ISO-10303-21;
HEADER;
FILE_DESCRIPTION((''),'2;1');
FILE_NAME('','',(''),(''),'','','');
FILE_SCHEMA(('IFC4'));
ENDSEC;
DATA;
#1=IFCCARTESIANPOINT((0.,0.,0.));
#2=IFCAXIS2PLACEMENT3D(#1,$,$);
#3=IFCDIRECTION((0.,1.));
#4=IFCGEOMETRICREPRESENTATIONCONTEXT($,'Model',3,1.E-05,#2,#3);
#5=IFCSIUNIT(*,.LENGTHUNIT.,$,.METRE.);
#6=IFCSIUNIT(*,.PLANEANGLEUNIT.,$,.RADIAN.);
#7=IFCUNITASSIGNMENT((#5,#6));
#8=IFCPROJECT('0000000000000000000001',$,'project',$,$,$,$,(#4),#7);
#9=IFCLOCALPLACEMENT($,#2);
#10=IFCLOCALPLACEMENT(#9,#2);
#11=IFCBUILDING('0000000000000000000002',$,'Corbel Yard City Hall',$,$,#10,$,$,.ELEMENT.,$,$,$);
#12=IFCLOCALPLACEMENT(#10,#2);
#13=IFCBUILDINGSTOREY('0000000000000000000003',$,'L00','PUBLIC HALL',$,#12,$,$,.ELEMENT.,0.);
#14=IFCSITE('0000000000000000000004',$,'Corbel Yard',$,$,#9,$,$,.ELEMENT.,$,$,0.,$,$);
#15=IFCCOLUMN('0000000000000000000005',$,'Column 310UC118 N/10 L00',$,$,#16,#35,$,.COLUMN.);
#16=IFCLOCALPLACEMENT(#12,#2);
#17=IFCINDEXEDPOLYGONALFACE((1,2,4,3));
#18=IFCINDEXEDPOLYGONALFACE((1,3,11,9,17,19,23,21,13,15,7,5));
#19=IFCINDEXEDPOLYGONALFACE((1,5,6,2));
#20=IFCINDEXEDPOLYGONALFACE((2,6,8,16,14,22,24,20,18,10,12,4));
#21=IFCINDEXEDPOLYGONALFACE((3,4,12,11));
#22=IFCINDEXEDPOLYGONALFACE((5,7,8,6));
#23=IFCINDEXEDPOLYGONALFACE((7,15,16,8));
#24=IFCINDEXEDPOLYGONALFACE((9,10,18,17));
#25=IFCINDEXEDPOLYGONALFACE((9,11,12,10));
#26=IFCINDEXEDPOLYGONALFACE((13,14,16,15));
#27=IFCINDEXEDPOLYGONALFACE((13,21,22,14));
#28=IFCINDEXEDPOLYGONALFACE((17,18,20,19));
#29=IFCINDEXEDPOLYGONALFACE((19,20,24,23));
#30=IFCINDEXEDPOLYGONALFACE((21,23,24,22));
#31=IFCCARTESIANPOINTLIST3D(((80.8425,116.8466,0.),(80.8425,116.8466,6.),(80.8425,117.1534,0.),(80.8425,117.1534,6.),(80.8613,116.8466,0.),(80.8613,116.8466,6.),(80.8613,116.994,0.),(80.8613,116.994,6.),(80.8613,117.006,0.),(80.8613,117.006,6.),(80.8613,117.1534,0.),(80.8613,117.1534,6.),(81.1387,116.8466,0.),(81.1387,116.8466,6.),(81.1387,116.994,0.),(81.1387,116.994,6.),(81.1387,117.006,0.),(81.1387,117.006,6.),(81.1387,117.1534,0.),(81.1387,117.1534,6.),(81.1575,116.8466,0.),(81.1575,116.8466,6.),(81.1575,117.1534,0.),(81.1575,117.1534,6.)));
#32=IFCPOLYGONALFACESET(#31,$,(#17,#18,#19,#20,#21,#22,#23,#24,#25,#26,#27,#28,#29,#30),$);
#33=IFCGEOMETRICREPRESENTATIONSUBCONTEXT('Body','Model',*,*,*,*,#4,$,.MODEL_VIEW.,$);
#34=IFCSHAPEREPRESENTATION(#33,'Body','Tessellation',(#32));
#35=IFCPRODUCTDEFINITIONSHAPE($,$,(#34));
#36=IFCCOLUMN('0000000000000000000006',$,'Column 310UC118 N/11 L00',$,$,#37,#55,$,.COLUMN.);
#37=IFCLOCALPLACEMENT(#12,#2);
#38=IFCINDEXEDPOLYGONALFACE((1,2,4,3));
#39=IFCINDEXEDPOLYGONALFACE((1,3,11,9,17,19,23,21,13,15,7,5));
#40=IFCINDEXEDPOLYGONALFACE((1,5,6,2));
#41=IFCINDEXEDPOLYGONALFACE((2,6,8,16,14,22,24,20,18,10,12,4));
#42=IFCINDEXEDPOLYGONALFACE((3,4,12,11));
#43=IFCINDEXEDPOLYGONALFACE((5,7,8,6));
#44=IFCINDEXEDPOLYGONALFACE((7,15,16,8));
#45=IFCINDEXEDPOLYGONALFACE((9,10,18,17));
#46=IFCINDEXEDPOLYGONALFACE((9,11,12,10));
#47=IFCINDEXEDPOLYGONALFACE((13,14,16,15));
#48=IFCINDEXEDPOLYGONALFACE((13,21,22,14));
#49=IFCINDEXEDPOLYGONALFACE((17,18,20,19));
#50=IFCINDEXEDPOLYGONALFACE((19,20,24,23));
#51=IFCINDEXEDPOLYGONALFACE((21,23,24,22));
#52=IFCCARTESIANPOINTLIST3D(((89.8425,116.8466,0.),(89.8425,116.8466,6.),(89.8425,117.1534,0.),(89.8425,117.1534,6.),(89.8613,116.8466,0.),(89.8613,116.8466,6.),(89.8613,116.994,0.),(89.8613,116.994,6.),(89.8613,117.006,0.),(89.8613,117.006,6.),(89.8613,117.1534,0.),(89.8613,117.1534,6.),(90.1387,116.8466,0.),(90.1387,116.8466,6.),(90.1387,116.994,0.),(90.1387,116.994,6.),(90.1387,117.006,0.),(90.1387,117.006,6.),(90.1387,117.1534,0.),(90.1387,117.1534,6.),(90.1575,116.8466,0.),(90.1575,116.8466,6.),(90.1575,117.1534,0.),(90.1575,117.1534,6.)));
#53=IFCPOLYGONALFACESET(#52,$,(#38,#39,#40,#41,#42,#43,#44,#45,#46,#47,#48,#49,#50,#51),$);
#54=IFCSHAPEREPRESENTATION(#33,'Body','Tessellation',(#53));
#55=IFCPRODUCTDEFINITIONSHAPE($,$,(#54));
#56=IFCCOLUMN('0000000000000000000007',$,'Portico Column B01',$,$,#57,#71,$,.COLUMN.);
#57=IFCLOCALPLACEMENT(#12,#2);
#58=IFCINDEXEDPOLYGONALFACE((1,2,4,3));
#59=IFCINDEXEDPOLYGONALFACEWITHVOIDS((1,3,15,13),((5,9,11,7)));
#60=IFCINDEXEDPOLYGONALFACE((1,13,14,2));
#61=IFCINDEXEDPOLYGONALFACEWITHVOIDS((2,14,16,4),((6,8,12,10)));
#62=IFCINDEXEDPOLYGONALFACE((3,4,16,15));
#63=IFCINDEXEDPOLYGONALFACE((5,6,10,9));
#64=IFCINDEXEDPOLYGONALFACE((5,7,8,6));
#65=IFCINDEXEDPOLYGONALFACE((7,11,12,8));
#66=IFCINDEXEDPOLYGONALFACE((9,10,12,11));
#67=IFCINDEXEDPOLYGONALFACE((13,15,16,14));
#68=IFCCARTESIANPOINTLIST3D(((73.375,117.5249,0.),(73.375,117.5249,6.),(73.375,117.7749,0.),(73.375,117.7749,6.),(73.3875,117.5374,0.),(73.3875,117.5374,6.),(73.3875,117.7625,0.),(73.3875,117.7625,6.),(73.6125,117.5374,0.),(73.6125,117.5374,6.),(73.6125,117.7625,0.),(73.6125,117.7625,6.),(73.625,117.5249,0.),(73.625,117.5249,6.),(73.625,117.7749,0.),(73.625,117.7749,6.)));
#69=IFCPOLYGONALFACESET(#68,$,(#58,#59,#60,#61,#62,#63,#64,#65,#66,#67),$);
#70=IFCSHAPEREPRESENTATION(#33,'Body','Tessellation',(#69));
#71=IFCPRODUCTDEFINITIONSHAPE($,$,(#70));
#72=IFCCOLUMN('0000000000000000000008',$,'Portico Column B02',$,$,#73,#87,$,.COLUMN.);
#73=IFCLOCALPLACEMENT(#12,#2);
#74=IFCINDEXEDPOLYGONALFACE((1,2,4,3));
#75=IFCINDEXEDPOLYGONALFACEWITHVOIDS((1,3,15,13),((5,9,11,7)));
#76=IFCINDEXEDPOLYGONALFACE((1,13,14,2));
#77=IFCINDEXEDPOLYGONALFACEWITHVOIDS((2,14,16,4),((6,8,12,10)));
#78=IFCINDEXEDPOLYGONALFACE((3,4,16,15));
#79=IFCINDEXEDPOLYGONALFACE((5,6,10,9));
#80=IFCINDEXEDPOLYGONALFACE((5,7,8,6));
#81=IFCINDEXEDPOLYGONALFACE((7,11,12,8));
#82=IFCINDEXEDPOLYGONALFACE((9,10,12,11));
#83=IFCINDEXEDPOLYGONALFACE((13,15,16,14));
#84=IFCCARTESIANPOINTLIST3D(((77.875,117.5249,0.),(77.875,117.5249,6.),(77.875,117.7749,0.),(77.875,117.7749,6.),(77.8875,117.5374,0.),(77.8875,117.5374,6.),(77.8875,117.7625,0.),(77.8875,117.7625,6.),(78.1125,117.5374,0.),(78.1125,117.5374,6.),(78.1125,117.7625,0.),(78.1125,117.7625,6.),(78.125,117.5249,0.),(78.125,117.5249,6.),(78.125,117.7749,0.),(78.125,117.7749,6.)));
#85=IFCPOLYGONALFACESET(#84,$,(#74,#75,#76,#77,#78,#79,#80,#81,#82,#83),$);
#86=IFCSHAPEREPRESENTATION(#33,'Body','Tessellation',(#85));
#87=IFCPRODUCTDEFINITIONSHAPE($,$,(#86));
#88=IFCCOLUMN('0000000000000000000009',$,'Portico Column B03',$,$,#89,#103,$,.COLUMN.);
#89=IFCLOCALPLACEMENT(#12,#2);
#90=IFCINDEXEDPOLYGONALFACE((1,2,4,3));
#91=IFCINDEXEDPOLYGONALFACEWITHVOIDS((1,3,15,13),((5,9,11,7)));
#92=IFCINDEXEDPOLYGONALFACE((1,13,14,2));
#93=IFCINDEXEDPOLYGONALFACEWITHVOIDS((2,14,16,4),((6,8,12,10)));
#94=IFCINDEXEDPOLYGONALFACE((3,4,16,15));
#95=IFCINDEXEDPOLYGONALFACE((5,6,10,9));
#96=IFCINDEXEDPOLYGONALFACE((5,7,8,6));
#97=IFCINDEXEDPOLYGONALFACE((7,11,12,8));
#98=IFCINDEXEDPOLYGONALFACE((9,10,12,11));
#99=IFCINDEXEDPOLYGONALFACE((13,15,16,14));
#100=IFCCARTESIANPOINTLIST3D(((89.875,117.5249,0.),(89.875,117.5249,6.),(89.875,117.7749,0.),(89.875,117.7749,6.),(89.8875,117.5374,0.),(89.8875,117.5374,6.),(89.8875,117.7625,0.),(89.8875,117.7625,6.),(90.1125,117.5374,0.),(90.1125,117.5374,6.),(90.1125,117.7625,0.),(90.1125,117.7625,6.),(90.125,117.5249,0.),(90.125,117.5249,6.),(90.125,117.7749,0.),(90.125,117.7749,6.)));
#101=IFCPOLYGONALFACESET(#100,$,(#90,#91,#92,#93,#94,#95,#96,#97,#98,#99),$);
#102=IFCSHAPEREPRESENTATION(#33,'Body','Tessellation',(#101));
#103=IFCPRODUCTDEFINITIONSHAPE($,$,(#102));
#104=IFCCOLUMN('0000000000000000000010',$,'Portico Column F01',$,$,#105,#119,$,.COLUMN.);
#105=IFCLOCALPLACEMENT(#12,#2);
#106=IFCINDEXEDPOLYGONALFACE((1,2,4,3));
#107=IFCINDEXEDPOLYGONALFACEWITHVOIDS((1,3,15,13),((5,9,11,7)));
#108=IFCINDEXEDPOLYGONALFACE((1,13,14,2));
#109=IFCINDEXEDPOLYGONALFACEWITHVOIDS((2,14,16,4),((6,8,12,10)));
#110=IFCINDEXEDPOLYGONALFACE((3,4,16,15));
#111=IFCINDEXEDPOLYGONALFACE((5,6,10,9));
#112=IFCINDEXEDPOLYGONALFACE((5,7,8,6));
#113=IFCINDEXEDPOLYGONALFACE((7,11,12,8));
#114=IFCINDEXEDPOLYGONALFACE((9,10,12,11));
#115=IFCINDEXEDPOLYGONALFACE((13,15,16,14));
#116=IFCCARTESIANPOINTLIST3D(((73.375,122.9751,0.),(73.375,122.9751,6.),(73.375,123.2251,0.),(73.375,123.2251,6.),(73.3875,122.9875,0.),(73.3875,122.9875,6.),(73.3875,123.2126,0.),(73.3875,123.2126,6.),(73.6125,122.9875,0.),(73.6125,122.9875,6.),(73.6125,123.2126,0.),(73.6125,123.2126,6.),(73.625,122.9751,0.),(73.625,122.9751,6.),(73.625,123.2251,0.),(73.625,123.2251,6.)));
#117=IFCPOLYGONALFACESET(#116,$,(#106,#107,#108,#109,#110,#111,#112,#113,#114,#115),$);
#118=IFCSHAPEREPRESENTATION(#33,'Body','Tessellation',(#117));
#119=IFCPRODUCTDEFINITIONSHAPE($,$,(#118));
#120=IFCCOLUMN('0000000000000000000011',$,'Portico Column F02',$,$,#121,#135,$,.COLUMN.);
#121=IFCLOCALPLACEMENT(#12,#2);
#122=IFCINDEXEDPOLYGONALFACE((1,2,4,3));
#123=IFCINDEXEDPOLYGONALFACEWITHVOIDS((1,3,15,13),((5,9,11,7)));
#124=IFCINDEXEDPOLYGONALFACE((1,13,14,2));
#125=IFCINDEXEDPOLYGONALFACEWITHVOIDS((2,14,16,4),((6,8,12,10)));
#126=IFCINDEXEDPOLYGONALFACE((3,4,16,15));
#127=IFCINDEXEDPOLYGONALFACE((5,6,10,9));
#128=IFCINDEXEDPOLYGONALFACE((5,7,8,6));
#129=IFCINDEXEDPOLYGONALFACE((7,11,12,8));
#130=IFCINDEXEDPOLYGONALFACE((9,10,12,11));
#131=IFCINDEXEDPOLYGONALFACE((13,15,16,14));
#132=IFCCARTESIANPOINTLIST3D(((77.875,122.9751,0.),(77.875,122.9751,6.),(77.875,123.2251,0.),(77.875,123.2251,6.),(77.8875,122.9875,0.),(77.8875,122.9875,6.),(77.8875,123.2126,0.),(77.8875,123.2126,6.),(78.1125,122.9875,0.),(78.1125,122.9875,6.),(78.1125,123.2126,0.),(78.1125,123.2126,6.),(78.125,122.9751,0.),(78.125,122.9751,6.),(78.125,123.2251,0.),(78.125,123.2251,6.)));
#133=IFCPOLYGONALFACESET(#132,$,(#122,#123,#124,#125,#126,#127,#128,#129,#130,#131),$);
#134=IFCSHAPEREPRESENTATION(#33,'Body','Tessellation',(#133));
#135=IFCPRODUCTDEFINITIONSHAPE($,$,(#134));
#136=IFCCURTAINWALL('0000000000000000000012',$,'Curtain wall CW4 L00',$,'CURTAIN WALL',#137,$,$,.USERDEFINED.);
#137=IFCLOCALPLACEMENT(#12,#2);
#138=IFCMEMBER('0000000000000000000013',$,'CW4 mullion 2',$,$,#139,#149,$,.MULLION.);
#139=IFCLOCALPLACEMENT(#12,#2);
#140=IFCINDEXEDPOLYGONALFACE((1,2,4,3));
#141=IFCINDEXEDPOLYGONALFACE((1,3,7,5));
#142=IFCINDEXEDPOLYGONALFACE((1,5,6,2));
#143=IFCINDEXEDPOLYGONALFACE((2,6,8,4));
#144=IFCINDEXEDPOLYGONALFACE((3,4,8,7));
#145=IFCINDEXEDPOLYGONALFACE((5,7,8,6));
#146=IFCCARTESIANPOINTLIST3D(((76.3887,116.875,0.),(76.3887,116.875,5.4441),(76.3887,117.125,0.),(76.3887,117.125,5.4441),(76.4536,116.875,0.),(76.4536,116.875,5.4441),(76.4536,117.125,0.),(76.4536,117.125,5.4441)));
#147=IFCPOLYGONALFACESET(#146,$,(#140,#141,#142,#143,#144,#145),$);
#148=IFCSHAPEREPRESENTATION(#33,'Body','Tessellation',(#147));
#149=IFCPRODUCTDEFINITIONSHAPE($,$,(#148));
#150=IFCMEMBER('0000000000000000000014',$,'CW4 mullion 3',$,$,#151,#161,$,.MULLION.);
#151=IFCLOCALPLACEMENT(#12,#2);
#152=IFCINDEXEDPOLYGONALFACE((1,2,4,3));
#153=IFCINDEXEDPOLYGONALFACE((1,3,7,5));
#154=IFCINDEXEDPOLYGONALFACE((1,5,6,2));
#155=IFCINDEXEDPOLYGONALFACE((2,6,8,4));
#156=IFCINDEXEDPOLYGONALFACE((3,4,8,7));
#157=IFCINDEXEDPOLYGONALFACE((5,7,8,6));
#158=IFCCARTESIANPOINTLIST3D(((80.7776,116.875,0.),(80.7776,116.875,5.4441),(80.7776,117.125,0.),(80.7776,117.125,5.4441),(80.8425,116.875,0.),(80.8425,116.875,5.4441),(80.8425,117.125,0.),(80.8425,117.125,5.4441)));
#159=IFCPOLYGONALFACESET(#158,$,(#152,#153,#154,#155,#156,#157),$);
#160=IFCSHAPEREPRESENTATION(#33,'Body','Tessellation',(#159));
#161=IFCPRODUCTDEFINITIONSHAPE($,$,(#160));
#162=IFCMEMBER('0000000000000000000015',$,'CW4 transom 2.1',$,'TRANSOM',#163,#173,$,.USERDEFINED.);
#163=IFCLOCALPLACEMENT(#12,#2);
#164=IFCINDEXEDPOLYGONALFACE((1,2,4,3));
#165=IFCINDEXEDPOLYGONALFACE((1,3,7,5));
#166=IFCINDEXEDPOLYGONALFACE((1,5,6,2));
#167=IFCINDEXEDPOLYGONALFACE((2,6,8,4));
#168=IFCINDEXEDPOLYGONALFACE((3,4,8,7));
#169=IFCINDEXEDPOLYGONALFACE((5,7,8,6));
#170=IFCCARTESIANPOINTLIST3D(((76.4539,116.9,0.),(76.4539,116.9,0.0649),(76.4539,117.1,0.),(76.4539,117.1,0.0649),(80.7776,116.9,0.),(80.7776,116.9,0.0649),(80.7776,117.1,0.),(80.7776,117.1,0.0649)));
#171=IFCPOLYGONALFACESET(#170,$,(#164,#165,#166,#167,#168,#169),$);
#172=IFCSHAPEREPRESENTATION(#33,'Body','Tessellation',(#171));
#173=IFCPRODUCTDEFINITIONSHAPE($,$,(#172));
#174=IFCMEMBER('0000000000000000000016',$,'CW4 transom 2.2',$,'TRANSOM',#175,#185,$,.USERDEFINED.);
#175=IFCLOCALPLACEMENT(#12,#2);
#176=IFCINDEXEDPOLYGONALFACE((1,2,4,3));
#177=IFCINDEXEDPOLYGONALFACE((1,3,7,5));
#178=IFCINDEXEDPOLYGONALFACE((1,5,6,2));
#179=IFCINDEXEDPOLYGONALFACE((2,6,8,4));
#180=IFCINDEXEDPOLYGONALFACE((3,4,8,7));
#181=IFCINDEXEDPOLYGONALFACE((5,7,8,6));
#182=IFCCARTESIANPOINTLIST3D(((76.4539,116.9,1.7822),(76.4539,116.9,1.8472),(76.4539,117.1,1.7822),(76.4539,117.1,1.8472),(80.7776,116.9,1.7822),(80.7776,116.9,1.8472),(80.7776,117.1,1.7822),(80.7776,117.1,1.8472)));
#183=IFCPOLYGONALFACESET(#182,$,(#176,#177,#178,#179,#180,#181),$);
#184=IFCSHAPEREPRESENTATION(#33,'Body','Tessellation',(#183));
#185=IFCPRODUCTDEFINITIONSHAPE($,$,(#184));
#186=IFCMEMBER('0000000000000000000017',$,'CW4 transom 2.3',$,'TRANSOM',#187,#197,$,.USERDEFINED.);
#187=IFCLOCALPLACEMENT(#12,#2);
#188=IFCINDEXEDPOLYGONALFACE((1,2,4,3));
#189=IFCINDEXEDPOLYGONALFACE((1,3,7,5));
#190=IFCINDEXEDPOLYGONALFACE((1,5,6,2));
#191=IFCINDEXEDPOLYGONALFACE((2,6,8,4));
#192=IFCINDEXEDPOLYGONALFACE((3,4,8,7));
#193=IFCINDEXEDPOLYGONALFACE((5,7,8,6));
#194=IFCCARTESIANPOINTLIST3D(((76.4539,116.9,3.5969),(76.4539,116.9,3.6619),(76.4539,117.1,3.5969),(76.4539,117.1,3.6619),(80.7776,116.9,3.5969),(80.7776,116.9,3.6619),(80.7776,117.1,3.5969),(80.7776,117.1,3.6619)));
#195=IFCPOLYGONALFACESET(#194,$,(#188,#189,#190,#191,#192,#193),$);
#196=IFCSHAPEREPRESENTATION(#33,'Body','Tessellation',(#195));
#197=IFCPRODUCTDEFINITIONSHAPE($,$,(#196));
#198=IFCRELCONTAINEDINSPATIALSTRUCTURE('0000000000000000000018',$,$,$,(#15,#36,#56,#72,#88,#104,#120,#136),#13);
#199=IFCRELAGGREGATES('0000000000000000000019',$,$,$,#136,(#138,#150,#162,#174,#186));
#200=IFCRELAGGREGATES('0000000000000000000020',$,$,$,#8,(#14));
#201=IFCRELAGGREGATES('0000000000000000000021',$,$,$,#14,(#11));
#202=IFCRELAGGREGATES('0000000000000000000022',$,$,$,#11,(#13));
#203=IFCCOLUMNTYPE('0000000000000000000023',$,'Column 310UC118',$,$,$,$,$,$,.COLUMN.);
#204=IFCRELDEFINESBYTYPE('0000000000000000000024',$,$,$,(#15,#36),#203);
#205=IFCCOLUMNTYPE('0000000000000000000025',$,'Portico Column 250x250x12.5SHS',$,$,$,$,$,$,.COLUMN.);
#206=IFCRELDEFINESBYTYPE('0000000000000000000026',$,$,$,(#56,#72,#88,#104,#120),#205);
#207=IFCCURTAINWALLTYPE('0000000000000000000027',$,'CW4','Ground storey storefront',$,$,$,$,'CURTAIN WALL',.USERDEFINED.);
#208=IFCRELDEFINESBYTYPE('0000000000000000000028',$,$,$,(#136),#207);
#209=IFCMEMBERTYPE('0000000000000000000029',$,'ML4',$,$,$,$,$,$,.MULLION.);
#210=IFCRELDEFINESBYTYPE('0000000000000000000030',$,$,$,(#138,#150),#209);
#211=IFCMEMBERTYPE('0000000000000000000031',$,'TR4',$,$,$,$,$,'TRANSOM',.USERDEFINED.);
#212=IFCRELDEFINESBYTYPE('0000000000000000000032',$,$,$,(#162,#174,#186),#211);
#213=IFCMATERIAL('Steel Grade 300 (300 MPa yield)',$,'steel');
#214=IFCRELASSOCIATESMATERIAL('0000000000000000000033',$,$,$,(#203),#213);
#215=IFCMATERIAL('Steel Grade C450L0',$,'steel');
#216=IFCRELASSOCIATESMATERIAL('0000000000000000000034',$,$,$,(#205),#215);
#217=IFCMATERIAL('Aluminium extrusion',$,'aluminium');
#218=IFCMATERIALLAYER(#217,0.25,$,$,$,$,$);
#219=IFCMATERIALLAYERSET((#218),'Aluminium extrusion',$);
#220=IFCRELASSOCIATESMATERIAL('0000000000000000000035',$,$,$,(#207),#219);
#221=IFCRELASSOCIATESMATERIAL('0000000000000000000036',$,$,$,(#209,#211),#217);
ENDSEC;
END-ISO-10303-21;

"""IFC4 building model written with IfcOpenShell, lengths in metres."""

from ifc_helpers import new_model, si_unit, direction, frame, origin, origin_2d, place, context, subcontext, project, spatial, rectangle, hollow_rectangle, i_section, extrude, material, layer, layer_set, material_profile, profile_set, type_object, element, aggregate, save


model = new_model("IFC4")

# Units and contexts
model_context = context("Model", 3, precision=1e-05, world=origin(), true_north=direction((0.0, 1.0)))
body_context = subcontext(model_context, "Body", "Model", "MODEL_VIEW")
ifc_project = project(units=[si_unit("LENGTHUNIT", "METRE"), si_unit("PLANEANGLEUNIT", "RADIAN")], contexts=[model_context])

# Site, building, storey
site_placement = place(None, origin())
site = spatial("IfcSite", under=ifc_project, at=site_placement, Name="Corbel Yard", CompositionType="ELEMENT", RefElevation=0.0)
building_placement = place(site_placement, origin())
building = spatial("IfcBuilding", under=site, at=building_placement, Name="Corbel Yard City Hall", CompositionType="ELEMENT")
storey_placement = place(building_placement, origin())
storey = spatial("IfcBuildingStorey", under=building, at=storey_placement, Name="L00", Description="PUBLIC HALL", CompositionType="ELEMENT", Elevation=0.0)

# Columns
ifc_material_1 = material(Name="Steel Grade 300 (300 MPa yield)", Category="steel")
ifc_material_profile_1 = material_profile(ifc_material_1, i_section(OverallWidth=0.3069, OverallDepth=0.3149, WebThickness=0.012, FlangeThickness=0.0188, at=origin_2d()), Name="310UC118")
ifc_profile_set_1 = profile_set([ifc_material_profile_1], Name="Steel Grade 300 (300 MPa yield)")
column_type_1 = type_object("IfcColumnType", Name="Column 310UC118", PredefinedType="COLUMN", material=ifc_profile_set_1)
for number, where, z_axis, x_axis, name in (
    (1, (81.0, 117.0, 0.0), (0.0, 0.0, 1.0), (0.0, 1.0, 0.0), "Column 310UC118 N/10 L00"),
    (2, (90.0, 117.0, 0.0), (0.0, 0.0, 1.0), (0.0, 1.0, 0.0), "Column 310UC118 N/11 L00"),
):
    element("IfcColumn", number, at=place(storey_placement, frame(where, z_axis=z_axis, x_axis=x_axis)), inside=storey, type_object=column_type_1, Name=name, PredefinedType="COLUMN", context=body_context, shape_type="SweptSolid", body=[
        extrude(i_section(OverallWidth=0.3069, OverallDepth=0.3149, WebThickness=0.012, FlangeThickness=0.0188, at=origin_2d()), origin(), (0.0, 0.0, 1.0), 6.0),
    ])
ifc_material_2 = material(Name="Steel Grade C450L0", Category="steel")
ifc_material_profile_2 = material_profile(ifc_material_2, hollow_rectangle(XDim=0.25, YDim=0.25, WallThickness=0.0125, at=origin_2d()), Name="250x250x12.5SHS")
ifc_profile_set_2 = profile_set([ifc_material_profile_2], Name="Steel Grade C450L0")
column_type_2 = type_object("IfcColumnType", Name="Portico Column 250x250x12.5SHS", PredefinedType="COLUMN", material=ifc_profile_set_2)
for number, where, z_axis, x_axis, name in (
    (3, (73.5, 117.6499, 0.0), (0.0, 0.0, 1.0), (1.0, 0.0, 0.0), "Portico Column B01"),
    (4, (78.0, 117.6499, 0.0), (0.0, 0.0, 1.0), (1.0, 0.0, 0.0), "Portico Column B02"),
    (5, (90.0, 117.6499, 0.0), (0.0, 0.0, 1.0), (1.0, 0.0, 0.0), "Portico Column B03"),
    (6, (73.5, 123.1001, 0.0), (0.0, 0.0, 1.0), (1.0, 0.0, 0.0), "Portico Column F01"),
    (7, (78.0, 123.1001, 0.0), (0.0, 0.0, 1.0), (1.0, 0.0, 0.0), "Portico Column F02"),
):
    element("IfcColumn", number, at=place(storey_placement, frame(where, z_axis=z_axis, x_axis=x_axis)), inside=storey, type_object=column_type_2, Name=name, PredefinedType="COLUMN", context=body_context, shape_type="SweptSolid", body=[
        extrude(hollow_rectangle(XDim=0.25, YDim=0.25, WallThickness=0.0125, at=origin_2d()), origin(), (0.0, 0.0, 1.0), 6.0),
    ])

# Curtain wall, members
ifc_material_3 = material(Name="Aluminium extrusion", Category="aluminium")
ifc_layer_1 = layer(ifc_material_3, 0.25)
ifc_layer_set_1 = layer_set([ifc_layer_1], Name="Aluminium extrusion")
curtain_wall_type = type_object("IfcCurtainWallType", Name="CW4", Description="Ground storey storefront", ElementType="CURTAIN WALL", PredefinedType="USERDEFINED", material=ifc_layer_set_1)
curtain_wall_placement = place(storey_placement, origin())
curtain_wall = element("IfcCurtainWall", 8, at=curtain_wall_placement, inside=storey, type_object=curtain_wall_type, Name="Curtain wall CW4 L00", ObjectType="CURTAIN WALL", PredefinedType="USERDEFINED")
ifc_material_profile_3 = material_profile(ifc_material_3, rectangle(XDim=0.25, YDim=0.0649, at=origin_2d()), Name="250x65")
ifc_profile_set_3 = profile_set([ifc_material_profile_3], Name="Aluminium extrusion")
member_type_1 = type_object("IfcMemberType", Name="ML4", PredefinedType="MULLION", material=ifc_profile_set_3)
member_1_placement = place(storey_placement, frame((76.4211, 117.0, 0.0), z_axis=(0.0, 0.0, 1.0), x_axis=(0.0, 1.0, 0.0)))
member_1 = element("IfcMember", 9, at=member_1_placement, type_object=member_type_1, Name="CW4 mullion 2", PredefinedType="MULLION", context=body_context, shape_type="SweptSolid", body=[
    extrude(rectangle(XDim=0.25, YDim=0.0649, at=origin_2d()), origin(), (0.0, 0.0, 1.0), 5.4441),
])
member_2_placement = place(storey_placement, frame((80.8101, 117.0, 0.0), z_axis=(0.0, 0.0, 1.0), x_axis=(0.0, 1.0, 0.0)))
member_2 = element("IfcMember", 10, at=member_2_placement, type_object=member_type_1, Name="CW4 mullion 3", PredefinedType="MULLION", context=body_context, shape_type="SweptSolid", body=[
    extrude(rectangle(XDim=0.25, YDim=0.0649, at=origin_2d()), origin(), (0.0, 0.0, 1.0), 5.4441),
])
ifc_material_profile_4 = material_profile(ifc_material_3, rectangle(XDim=0.2, YDim=0.0649, at=origin_2d()), Name="200x65")
ifc_profile_set_4 = profile_set([ifc_material_profile_4], Name="Aluminium extrusion")
member_type_2 = type_object("IfcMemberType", Name="TR4", ElementType="TRANSOM", PredefinedType="USERDEFINED", material=ifc_profile_set_4)
member_3_placement = place(storey_placement, frame((76.4539, 117.0, 0.0325), z_axis=(1.0, 0.0, 0.0), x_axis=(0.0, 1.0, 0.0)))
member_3 = element("IfcMember", 11, at=member_3_placement, type_object=member_type_2, Name="CW4 transom 2.1", ObjectType="TRANSOM", PredefinedType="USERDEFINED", context=body_context, shape_type="SweptSolid", body=[
    extrude(rectangle(XDim=0.2, YDim=0.0649, at=origin_2d()), origin(), (0.0, 0.0, 1.0), 4.3237),
])
member_4_placement = place(storey_placement, frame((76.4539, 117.0, 1.8147), z_axis=(1.0, 0.0, 0.0), x_axis=(0.0, 1.0, 0.0)))
member_4 = element("IfcMember", 12, at=member_4_placement, type_object=member_type_2, Name="CW4 transom 2.2", ObjectType="TRANSOM", PredefinedType="USERDEFINED", context=body_context, shape_type="SweptSolid", body=[
    extrude(rectangle(XDim=0.2, YDim=0.0649, at=origin_2d()), origin(), (0.0, 0.0, 1.0), 4.3237),
])
member_5_placement = place(storey_placement, frame((76.4539, 117.0, 3.6294), z_axis=(1.0, 0.0, 0.0), x_axis=(0.0, 1.0, 0.0)))
member_5 = element("IfcMember", 13, at=member_5_placement, type_object=member_type_2, Name="CW4 transom 2.3", ObjectType="TRANSOM", PredefinedType="USERDEFINED", context=body_context, shape_type="SweptSolid", body=[
    extrude(rectangle(XDim=0.2, YDim=0.0649, at=origin_2d()), origin(), (0.0, 0.0, 1.0), 4.3237),
])
aggregate(curtain_wall, [member_1, member_2, member_3, member_4, member_5])

save(model, "model.ifc")
